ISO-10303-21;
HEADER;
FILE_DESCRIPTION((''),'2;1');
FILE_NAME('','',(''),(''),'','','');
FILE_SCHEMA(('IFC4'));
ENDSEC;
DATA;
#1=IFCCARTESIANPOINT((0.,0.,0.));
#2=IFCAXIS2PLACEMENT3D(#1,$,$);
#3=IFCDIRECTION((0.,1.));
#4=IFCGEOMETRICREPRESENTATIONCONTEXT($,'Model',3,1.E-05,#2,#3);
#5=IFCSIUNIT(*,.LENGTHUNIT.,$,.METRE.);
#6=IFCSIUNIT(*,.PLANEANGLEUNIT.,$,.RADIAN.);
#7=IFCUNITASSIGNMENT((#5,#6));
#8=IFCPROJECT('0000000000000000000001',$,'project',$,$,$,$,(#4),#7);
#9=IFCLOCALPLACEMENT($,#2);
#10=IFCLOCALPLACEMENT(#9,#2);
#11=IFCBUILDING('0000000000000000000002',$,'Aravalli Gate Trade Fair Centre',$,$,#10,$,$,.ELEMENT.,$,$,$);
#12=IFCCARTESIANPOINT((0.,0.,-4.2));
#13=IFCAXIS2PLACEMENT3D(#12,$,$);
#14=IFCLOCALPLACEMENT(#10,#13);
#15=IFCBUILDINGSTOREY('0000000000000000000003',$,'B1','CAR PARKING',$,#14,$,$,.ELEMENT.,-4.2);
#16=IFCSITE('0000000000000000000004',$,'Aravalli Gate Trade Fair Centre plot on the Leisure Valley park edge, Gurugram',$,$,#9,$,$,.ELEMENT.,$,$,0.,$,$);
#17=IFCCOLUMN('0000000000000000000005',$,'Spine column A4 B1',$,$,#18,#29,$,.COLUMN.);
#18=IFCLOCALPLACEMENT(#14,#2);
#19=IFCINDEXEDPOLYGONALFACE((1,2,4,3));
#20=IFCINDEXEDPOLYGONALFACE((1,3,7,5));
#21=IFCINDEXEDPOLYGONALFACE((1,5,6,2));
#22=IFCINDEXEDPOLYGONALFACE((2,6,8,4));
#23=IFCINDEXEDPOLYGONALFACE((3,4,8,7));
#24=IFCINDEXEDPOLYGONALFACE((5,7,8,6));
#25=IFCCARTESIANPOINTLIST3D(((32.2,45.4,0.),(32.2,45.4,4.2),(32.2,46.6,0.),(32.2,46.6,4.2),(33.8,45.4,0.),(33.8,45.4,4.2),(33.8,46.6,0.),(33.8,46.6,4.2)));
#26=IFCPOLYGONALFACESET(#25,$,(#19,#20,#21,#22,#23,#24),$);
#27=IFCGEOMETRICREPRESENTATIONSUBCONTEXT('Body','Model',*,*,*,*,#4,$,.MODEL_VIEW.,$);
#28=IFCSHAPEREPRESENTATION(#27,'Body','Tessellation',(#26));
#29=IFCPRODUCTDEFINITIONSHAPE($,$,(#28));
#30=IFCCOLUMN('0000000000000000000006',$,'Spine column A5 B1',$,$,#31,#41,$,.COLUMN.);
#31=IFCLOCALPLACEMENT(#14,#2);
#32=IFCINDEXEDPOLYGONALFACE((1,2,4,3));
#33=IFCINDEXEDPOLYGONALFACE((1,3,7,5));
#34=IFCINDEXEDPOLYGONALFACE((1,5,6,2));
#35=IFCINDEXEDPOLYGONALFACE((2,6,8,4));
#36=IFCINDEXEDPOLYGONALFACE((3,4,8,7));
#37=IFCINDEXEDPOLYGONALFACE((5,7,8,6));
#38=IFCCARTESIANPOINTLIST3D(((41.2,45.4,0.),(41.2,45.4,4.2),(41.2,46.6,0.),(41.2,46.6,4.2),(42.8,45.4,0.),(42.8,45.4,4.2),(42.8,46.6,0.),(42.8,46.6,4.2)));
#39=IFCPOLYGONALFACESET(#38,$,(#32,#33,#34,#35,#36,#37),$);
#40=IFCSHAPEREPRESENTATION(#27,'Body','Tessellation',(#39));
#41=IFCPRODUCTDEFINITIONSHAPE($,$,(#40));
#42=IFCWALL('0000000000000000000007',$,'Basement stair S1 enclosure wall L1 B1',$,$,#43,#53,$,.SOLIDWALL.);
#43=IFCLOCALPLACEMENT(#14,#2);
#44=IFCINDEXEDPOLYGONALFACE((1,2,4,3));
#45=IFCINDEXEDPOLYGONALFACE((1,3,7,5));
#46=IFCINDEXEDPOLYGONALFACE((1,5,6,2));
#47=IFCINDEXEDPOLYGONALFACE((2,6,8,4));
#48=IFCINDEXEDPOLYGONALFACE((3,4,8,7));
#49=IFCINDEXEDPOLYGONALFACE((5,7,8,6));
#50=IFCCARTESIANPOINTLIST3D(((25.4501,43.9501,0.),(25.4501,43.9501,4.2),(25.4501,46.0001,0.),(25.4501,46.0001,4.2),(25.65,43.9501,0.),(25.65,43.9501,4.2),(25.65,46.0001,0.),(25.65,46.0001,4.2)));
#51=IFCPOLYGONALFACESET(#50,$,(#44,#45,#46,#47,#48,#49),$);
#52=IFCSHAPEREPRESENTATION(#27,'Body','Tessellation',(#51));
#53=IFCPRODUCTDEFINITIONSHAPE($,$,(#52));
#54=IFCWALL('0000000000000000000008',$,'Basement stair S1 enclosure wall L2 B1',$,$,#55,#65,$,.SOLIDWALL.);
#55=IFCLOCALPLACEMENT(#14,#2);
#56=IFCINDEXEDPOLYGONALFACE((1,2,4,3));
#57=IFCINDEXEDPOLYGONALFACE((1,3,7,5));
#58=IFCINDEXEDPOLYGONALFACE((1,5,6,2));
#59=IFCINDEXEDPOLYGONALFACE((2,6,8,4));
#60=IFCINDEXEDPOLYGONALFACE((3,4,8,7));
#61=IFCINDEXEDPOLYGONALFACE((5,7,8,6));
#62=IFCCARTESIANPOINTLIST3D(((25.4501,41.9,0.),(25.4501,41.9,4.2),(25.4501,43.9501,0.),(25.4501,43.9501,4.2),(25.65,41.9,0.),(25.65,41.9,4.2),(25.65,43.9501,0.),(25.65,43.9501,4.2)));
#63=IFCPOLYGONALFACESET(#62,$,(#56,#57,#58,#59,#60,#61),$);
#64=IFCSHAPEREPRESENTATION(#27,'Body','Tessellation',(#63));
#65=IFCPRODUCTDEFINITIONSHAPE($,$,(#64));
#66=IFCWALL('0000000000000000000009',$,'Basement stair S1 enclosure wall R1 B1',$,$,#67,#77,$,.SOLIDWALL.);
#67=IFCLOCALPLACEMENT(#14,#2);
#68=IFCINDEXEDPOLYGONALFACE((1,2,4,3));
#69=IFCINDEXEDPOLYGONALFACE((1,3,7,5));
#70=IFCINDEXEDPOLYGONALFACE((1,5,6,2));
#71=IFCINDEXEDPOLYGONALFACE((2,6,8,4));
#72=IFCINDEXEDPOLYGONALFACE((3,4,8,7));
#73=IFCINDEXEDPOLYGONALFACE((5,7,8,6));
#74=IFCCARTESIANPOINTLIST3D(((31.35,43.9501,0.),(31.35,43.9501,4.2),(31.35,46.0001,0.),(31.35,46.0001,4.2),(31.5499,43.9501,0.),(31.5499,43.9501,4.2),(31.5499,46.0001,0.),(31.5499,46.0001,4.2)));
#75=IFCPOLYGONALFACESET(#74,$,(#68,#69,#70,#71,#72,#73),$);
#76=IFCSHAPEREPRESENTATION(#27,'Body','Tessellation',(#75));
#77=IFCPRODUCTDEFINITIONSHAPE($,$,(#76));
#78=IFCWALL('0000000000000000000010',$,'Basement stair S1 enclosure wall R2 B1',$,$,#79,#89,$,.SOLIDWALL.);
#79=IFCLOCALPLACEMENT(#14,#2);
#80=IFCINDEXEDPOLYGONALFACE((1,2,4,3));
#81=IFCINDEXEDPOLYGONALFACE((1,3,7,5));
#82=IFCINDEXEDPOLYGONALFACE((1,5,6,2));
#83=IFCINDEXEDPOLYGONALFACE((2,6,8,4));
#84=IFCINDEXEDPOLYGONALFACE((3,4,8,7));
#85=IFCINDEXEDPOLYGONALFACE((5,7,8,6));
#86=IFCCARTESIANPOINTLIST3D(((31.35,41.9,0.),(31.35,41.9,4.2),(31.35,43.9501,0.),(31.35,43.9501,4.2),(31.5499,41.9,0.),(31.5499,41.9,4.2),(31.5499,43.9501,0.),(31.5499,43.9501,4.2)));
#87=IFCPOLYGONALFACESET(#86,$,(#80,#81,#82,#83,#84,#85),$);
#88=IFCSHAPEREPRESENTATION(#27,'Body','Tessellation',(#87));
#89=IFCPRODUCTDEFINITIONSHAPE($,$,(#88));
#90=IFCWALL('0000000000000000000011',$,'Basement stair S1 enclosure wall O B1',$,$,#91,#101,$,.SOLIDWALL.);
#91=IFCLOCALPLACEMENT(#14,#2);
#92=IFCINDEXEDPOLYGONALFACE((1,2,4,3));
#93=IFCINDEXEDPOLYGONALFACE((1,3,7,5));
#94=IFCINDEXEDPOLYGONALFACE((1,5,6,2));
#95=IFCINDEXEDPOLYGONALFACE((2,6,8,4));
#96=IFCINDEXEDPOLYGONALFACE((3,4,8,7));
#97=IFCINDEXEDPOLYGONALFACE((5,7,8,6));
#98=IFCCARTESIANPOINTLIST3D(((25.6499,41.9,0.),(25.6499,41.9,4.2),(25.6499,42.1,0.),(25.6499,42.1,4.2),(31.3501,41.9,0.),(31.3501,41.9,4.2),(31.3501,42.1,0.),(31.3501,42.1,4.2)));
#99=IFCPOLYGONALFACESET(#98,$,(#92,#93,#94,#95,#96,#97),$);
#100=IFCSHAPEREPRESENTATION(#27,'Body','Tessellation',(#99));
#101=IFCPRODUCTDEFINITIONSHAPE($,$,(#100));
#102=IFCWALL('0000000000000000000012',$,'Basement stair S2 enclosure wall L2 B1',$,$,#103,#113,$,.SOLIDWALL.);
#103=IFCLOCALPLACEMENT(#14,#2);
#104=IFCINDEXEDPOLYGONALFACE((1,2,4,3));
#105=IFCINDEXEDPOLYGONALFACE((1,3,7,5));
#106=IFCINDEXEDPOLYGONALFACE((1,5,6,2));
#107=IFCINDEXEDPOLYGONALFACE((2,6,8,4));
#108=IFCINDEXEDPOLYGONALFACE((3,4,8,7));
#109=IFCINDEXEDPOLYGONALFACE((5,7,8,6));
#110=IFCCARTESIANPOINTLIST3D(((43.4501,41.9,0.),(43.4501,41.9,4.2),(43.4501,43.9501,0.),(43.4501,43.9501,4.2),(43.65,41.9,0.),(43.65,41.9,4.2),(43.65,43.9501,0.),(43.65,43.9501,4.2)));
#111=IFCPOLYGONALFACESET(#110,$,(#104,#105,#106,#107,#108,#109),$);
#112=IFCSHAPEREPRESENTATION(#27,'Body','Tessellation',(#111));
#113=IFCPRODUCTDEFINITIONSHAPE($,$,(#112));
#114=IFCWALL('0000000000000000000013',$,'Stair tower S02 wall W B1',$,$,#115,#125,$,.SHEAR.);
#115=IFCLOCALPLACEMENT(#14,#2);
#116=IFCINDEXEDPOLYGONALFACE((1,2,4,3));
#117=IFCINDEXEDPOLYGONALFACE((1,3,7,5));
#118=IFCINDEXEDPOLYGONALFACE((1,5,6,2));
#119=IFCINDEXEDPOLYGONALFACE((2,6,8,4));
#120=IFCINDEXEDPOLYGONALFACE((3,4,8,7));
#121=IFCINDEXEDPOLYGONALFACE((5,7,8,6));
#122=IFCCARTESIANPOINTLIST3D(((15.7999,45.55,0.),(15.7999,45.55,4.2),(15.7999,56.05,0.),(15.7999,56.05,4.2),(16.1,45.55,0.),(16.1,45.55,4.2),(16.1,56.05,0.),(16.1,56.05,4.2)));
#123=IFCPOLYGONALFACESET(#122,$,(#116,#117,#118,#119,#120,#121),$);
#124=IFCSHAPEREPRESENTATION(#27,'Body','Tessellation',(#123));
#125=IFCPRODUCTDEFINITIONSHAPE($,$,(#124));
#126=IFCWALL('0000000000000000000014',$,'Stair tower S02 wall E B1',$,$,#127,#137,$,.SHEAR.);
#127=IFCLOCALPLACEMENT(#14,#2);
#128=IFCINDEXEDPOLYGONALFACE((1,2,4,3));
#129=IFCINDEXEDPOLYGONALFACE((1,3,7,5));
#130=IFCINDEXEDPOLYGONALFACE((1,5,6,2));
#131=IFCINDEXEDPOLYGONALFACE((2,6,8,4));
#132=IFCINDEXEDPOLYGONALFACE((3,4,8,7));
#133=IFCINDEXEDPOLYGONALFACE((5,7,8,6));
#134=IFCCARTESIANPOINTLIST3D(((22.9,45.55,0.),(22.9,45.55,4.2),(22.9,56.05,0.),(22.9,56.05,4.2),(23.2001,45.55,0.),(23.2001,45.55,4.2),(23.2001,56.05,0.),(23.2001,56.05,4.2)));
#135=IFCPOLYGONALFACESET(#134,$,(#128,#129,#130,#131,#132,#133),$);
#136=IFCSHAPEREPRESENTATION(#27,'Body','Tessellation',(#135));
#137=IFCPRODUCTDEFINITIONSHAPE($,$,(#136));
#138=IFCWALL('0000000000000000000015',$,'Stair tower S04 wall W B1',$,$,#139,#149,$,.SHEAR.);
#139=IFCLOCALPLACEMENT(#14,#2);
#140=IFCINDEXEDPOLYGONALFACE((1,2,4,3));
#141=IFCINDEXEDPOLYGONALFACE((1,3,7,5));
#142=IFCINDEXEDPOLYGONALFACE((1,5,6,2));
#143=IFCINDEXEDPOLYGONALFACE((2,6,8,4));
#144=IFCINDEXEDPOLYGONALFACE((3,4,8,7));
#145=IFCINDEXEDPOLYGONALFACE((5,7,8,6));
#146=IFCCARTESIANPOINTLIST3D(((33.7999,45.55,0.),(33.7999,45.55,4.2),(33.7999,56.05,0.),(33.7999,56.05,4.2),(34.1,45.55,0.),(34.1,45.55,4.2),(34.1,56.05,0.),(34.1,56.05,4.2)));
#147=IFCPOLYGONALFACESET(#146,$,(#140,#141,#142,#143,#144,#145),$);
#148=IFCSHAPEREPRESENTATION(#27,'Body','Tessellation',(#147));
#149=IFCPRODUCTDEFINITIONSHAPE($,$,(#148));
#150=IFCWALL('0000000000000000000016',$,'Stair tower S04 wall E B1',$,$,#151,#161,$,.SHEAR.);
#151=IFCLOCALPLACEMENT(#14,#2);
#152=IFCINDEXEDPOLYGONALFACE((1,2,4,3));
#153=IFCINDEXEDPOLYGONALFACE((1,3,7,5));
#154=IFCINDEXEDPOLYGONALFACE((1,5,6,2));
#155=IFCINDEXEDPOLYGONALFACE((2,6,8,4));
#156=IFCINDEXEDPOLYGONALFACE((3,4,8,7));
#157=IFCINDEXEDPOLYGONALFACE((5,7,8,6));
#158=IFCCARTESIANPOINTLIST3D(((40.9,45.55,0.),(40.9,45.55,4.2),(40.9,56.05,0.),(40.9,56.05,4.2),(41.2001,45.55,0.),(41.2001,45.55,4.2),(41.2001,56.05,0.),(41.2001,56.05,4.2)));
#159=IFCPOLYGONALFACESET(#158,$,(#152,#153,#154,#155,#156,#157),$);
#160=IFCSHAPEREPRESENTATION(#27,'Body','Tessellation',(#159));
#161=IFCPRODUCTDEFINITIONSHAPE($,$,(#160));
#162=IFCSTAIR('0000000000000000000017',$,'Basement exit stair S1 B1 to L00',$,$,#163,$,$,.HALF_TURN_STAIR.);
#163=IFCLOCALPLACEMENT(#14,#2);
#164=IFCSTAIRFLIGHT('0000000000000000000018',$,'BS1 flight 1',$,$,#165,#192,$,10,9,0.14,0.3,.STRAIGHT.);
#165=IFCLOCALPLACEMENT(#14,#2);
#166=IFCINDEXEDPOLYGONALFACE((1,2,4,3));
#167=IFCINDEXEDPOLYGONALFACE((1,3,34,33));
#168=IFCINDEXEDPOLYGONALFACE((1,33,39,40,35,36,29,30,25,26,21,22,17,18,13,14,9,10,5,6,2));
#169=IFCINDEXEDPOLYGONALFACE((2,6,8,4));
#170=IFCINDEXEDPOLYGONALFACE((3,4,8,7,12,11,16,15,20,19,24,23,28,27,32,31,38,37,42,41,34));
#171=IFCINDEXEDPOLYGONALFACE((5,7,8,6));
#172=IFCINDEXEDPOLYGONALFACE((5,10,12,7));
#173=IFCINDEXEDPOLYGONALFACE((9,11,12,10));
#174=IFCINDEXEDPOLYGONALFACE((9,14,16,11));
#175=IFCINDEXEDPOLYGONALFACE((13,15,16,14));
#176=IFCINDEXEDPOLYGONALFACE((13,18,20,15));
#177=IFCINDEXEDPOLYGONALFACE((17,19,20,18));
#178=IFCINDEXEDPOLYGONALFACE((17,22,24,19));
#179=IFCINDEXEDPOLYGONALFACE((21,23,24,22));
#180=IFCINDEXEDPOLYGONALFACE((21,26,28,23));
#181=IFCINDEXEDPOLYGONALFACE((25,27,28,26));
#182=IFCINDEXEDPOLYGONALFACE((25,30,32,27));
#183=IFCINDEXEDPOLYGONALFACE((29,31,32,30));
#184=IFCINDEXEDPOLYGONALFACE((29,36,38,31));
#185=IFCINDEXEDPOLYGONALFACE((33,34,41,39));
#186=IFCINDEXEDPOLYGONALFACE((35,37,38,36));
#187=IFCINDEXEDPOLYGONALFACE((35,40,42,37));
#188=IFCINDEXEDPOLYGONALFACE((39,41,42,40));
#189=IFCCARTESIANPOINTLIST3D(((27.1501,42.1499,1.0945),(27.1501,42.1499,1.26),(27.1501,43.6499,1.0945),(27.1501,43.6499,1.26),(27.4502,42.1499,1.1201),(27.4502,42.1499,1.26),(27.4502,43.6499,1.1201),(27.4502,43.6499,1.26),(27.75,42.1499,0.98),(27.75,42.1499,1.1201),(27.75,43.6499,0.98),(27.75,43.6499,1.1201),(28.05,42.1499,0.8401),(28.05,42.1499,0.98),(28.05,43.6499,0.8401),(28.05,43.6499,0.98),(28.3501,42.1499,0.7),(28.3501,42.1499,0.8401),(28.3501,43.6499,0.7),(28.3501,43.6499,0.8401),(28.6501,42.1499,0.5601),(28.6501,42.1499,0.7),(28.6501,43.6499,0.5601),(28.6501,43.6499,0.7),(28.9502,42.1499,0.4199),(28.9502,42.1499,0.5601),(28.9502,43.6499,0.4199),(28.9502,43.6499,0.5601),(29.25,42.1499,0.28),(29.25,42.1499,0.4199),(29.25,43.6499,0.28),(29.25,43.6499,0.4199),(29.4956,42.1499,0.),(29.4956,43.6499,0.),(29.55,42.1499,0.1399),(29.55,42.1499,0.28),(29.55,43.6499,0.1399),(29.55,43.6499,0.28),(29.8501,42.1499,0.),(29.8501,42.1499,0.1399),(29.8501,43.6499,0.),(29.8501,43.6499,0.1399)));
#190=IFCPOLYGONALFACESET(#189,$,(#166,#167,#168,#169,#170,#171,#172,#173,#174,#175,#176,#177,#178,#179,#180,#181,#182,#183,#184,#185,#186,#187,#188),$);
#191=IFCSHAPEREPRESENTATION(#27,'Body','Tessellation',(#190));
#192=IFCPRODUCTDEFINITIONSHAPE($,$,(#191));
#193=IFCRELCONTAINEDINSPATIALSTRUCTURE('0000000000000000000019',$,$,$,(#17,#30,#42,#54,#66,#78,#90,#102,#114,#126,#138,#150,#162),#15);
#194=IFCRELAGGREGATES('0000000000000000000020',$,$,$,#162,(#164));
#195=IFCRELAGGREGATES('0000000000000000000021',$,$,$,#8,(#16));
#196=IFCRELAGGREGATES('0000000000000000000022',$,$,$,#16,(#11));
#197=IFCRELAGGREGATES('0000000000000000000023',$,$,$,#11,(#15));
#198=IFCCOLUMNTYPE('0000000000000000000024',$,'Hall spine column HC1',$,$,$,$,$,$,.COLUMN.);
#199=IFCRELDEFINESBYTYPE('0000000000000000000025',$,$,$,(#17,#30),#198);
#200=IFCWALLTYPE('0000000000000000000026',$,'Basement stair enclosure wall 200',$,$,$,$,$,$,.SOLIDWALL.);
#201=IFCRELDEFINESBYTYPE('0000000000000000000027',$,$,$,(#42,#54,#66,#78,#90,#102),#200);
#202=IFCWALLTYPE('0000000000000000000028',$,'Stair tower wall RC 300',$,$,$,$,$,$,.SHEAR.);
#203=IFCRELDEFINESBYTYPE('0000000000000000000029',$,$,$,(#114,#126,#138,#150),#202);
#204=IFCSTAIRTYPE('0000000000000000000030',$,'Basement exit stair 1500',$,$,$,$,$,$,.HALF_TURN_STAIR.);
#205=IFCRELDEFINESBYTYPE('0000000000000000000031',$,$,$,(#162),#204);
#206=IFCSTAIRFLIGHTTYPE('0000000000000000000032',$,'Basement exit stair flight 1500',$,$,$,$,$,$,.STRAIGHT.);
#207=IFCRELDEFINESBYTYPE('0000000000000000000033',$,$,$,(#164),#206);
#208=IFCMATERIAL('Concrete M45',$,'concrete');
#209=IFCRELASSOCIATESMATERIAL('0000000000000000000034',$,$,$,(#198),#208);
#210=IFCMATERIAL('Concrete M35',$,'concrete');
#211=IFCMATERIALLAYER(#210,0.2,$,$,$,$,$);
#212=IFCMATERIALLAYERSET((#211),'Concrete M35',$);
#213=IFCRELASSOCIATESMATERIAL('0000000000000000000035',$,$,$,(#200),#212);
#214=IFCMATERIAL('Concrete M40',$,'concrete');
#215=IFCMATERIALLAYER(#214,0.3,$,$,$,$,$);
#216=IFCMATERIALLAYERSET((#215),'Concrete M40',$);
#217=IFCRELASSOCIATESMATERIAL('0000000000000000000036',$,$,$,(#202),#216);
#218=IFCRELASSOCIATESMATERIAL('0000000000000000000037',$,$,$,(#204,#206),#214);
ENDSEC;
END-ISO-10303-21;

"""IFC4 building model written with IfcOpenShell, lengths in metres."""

from ifc_helpers import new_model, si_unit, direction, frame, frame_2d, origin, origin_2d, place, context, subcontext, project, spatial, polyline, rectangle, outline, extrude, material, layer, layer_set, material_profile, profile_set, type_object, element, aggregate, save


model = new_model("IFC4")

# Units and contexts
model_context = context("Model", 3, precision=1e-05, world=origin(), true_north=direction((0.0, 1.0)))
body_context = subcontext(model_context, "Body", "Model", "MODEL_VIEW")
ifc_project = project(units=[si_unit("LENGTHUNIT", "METRE"), si_unit("PLANEANGLEUNIT", "RADIAN")], contexts=[model_context])

# Site, building, storey
site_placement = place(None, origin())
site = spatial("IfcSite", under=ifc_project, at=site_placement, Name="Aravalli Gate Trade Fair Centre plot on the Leisure Valley park edge, Gurugram", CompositionType="ELEMENT", RefElevation=0.0)
building_placement = place(site_placement, origin())
building = spatial("IfcBuilding", under=site, at=building_placement, Name="Aravalli Gate Trade Fair Centre", CompositionType="ELEMENT")
storey_placement = place(building_placement, frame((0.0, 0.0, -4.2)))
storey = spatial("IfcBuildingStorey", under=building, at=storey_placement, Name="B1", Description="CAR PARKING", CompositionType="ELEMENT", Elevation=-4.2)

# Shared definitions
ifc_material_1 = material(Name="Concrete M35", Category="concrete")

# Columns
ifc_material_2 = material(Name="Concrete M45", Category="concrete")
ifc_material_profile_1 = material_profile(ifc_material_2, rectangle(XDim=1.6001, YDim=1.2, at=origin_2d()), Name="RC 1600x1200")
ifc_profile_set_1 = profile_set([ifc_material_profile_1], Name="Concrete M45")
column_type_1 = type_object("IfcColumnType", Name="Hall spine column HC1", PredefinedType="COLUMN", material=ifc_profile_set_1)
for number, where, z_axis, x_axis, name in (
    (1, (33.0, 46.0, 0.0), (0.0, 0.0, 1.0), (1.0, 0.0, 0.0), "Spine column A4 B1"),
    (2, (42.0, 46.0, 0.0), (0.0, 0.0, 1.0), (1.0, 0.0, 0.0), "Spine column A5 B1"),
):
    element("IfcColumn", number, at=place(storey_placement, frame(where, z_axis=z_axis, x_axis=x_axis)), inside=storey, type_object=column_type_1, Name=name, PredefinedType="COLUMN", context=body_context, shape_type="SweptSolid", body=[
        extrude(rectangle(XDim=1.6001, YDim=1.2, at=origin_2d()), origin(), (0.0, 0.0, 1.0), 4.2),
    ])

# Walls
ifc_layer_1 = layer(ifc_material_1, 0.2)
ifc_layer_set_1 = layer_set([ifc_layer_1], Name="Concrete M35")
wall_type_1 = type_object("IfcWallType", Name="Basement stair enclosure wall 200", PredefinedType="SOLIDWALL", material=ifc_layer_set_1)
for number, where, z_axis, x_axis, name in (
    (3, (25.55, 46.0, 0.0), (0.0, 0.0, 1.0), (0.0, -1.0, 0.0), "Basement stair S1 enclosure wall L1 B1"),
    (4, (25.55, 43.95, 0.0), (0.0, 0.0, 1.0), (0.0, -1.0, 0.0), "Basement stair S1 enclosure wall L2 B1"),
    (5, (31.45, 46.0, 0.0), (0.0, 0.0, 1.0), (0.0, -1.0, 0.0), "Basement stair S1 enclosure wall R1 B1"),
    (6, (31.45, 43.95, 0.0), (0.0, 0.0, 1.0), (0.0, -1.0, 0.0), "Basement stair S1 enclosure wall R2 B1"),
):
    element("IfcWall", number, at=place(storey_placement, frame(where, z_axis=z_axis, x_axis=x_axis)), inside=storey, type_object=wall_type_1, Name=name, PredefinedType="SOLIDWALL", context=body_context, shape_type="SweptSolid", body=[
        extrude(rectangle(XDim=2.05, YDim=0.2, at=frame_2d((1.0249, 0.0))), origin(), (0.0, 0.0, 1.0), 4.2),
    ])
wall_1_placement = place(storey_placement, frame((25.6499, 42.0, 0.0), z_axis=(0.0, 0.0, 1.0), x_axis=(1.0, 0.0, 0.0)))
element("IfcWall", 7, at=wall_1_placement, inside=storey, type_object=wall_type_1, Name="Basement stair S1 enclosure wall O B1", PredefinedType="SOLIDWALL", context=body_context, shape_type="SweptSolid", body=[
    extrude(rectangle(XDim=5.7002, YDim=0.2, at=frame_2d((2.8501, 0.0))), origin(), (0.0, 0.0, 1.0), 4.2),
])
wall_2_placement = place(storey_placement, frame((43.55, 43.95, 0.0), z_axis=(0.0, 0.0, 1.0), x_axis=(0.0, -1.0, 0.0)))
element("IfcWall", 8, at=wall_2_placement, inside=storey, type_object=wall_type_1, Name="Basement stair S2 enclosure wall L2 B1", PredefinedType="SOLIDWALL", context=body_context, shape_type="SweptSolid", body=[
    extrude(rectangle(XDim=2.05, YDim=0.2, at=frame_2d((1.0249, 0.0))), origin(), (0.0, 0.0, 1.0), 4.2),
])
ifc_material_3 = material(Name="Concrete M40", Category="concrete")
ifc_layer_2 = layer(ifc_material_3, 0.3)
ifc_layer_set_2 = layer_set([ifc_layer_2], Name="Concrete M40")
wall_type_2 = type_object("IfcWallType", Name="Stair tower wall RC 300", PredefinedType="SHEAR", material=ifc_layer_set_2)
for number, where, z_axis, x_axis, name in (
    (9, (15.95, 45.55, 0.0), (0.0, 0.0, 1.0), (0.0, 1.0, 0.0), "Stair tower S02 wall W B1"),
    (10, (23.05, 45.55, 0.0), (0.0, 0.0, 1.0), (0.0, 1.0, 0.0), "Stair tower S02 wall E B1"),
    (11, (33.95, 45.55, 0.0), (0.0, 0.0, 1.0), (0.0, 1.0, 0.0), "Stair tower S04 wall W B1"),
    (12, (41.05, 45.55, 0.0), (0.0, 0.0, 1.0), (0.0, 1.0, 0.0), "Stair tower S04 wall E B1"),
):
    element("IfcWall", number, at=place(storey_placement, frame(where, z_axis=z_axis, x_axis=x_axis)), inside=storey, type_object=wall_type_2, Name=name, PredefinedType="SHEAR", context=body_context, shape_type="SweptSolid", body=[
        extrude(rectangle(XDim=10.5, YDim=0.3, at=frame_2d((5.25, 0.0))), origin(), (0.0, 0.0, 1.0), 4.2),
    ])

# Stair, stair flight
stair_type = type_object("IfcStairType", Name="Basement exit stair 1500", PredefinedType="HALF_TURN_STAIR", material=ifc_material_3)
stair_placement = place(storey_placement, origin())
stair = element("IfcStair", 13, at=stair_placement, inside=storey, type_object=stair_type, Name="Basement exit stair S1 B1 to L00", PredefinedType="HALF_TURN_STAIR")
stair_flight_type = type_object("IfcStairFlightType", Name="Basement exit stair flight 1500", PredefinedType="STRAIGHT", material=ifc_material_3)
stair_flight_1_placement = place(storey_placement, frame((29.8501, 42.8999, 0.0), z_axis=(0.0, 0.0, 1.0), x_axis=(-1.0, 0.0, 0.0)))
stair_flight_1 = element("IfcStairFlight", 14, at=stair_flight_1_placement, type_object=stair_flight_type, Name="BS1 flight 1", NumberOfRisers=10, NumberOfTreads=9, PredefinedType="STRAIGHT", RiserHeight=0.14, TreadLength=0.3, context=body_context, shape_type="SweptSolid", body=[
    extrude(outline(polyline([(0.0, 0.0), (0.0, 0.1399), (0.3, 0.1399), (0.3, 0.28), (0.6001, 0.28), (0.6001, 0.4199), (0.8999, 0.4199), (0.8999, 0.5601), (1.2, 0.5601), (1.2, 0.7), (1.5, 0.7), (1.5, 0.8401), (1.8, 0.8401), (1.8, 0.98), (2.1001, 0.98), (2.1001, 1.1201), (2.3999, 1.1201), (2.3999, 1.26), (2.7, 1.26), (2.7, 1.3999), (2.7, 1.0945), (0.3545, 0.0), (0.0, 0.0)])), frame((0.0, 0.75, 0.0), z_axis=(0.0, -1.0, 0.0), x_axis=(1.0, 0.0, 0.0)), (0.0, 0.0, 1.0), 1.5),
])
aggregate(stair, [stair_flight_1])

save(model, "model.ifc")
